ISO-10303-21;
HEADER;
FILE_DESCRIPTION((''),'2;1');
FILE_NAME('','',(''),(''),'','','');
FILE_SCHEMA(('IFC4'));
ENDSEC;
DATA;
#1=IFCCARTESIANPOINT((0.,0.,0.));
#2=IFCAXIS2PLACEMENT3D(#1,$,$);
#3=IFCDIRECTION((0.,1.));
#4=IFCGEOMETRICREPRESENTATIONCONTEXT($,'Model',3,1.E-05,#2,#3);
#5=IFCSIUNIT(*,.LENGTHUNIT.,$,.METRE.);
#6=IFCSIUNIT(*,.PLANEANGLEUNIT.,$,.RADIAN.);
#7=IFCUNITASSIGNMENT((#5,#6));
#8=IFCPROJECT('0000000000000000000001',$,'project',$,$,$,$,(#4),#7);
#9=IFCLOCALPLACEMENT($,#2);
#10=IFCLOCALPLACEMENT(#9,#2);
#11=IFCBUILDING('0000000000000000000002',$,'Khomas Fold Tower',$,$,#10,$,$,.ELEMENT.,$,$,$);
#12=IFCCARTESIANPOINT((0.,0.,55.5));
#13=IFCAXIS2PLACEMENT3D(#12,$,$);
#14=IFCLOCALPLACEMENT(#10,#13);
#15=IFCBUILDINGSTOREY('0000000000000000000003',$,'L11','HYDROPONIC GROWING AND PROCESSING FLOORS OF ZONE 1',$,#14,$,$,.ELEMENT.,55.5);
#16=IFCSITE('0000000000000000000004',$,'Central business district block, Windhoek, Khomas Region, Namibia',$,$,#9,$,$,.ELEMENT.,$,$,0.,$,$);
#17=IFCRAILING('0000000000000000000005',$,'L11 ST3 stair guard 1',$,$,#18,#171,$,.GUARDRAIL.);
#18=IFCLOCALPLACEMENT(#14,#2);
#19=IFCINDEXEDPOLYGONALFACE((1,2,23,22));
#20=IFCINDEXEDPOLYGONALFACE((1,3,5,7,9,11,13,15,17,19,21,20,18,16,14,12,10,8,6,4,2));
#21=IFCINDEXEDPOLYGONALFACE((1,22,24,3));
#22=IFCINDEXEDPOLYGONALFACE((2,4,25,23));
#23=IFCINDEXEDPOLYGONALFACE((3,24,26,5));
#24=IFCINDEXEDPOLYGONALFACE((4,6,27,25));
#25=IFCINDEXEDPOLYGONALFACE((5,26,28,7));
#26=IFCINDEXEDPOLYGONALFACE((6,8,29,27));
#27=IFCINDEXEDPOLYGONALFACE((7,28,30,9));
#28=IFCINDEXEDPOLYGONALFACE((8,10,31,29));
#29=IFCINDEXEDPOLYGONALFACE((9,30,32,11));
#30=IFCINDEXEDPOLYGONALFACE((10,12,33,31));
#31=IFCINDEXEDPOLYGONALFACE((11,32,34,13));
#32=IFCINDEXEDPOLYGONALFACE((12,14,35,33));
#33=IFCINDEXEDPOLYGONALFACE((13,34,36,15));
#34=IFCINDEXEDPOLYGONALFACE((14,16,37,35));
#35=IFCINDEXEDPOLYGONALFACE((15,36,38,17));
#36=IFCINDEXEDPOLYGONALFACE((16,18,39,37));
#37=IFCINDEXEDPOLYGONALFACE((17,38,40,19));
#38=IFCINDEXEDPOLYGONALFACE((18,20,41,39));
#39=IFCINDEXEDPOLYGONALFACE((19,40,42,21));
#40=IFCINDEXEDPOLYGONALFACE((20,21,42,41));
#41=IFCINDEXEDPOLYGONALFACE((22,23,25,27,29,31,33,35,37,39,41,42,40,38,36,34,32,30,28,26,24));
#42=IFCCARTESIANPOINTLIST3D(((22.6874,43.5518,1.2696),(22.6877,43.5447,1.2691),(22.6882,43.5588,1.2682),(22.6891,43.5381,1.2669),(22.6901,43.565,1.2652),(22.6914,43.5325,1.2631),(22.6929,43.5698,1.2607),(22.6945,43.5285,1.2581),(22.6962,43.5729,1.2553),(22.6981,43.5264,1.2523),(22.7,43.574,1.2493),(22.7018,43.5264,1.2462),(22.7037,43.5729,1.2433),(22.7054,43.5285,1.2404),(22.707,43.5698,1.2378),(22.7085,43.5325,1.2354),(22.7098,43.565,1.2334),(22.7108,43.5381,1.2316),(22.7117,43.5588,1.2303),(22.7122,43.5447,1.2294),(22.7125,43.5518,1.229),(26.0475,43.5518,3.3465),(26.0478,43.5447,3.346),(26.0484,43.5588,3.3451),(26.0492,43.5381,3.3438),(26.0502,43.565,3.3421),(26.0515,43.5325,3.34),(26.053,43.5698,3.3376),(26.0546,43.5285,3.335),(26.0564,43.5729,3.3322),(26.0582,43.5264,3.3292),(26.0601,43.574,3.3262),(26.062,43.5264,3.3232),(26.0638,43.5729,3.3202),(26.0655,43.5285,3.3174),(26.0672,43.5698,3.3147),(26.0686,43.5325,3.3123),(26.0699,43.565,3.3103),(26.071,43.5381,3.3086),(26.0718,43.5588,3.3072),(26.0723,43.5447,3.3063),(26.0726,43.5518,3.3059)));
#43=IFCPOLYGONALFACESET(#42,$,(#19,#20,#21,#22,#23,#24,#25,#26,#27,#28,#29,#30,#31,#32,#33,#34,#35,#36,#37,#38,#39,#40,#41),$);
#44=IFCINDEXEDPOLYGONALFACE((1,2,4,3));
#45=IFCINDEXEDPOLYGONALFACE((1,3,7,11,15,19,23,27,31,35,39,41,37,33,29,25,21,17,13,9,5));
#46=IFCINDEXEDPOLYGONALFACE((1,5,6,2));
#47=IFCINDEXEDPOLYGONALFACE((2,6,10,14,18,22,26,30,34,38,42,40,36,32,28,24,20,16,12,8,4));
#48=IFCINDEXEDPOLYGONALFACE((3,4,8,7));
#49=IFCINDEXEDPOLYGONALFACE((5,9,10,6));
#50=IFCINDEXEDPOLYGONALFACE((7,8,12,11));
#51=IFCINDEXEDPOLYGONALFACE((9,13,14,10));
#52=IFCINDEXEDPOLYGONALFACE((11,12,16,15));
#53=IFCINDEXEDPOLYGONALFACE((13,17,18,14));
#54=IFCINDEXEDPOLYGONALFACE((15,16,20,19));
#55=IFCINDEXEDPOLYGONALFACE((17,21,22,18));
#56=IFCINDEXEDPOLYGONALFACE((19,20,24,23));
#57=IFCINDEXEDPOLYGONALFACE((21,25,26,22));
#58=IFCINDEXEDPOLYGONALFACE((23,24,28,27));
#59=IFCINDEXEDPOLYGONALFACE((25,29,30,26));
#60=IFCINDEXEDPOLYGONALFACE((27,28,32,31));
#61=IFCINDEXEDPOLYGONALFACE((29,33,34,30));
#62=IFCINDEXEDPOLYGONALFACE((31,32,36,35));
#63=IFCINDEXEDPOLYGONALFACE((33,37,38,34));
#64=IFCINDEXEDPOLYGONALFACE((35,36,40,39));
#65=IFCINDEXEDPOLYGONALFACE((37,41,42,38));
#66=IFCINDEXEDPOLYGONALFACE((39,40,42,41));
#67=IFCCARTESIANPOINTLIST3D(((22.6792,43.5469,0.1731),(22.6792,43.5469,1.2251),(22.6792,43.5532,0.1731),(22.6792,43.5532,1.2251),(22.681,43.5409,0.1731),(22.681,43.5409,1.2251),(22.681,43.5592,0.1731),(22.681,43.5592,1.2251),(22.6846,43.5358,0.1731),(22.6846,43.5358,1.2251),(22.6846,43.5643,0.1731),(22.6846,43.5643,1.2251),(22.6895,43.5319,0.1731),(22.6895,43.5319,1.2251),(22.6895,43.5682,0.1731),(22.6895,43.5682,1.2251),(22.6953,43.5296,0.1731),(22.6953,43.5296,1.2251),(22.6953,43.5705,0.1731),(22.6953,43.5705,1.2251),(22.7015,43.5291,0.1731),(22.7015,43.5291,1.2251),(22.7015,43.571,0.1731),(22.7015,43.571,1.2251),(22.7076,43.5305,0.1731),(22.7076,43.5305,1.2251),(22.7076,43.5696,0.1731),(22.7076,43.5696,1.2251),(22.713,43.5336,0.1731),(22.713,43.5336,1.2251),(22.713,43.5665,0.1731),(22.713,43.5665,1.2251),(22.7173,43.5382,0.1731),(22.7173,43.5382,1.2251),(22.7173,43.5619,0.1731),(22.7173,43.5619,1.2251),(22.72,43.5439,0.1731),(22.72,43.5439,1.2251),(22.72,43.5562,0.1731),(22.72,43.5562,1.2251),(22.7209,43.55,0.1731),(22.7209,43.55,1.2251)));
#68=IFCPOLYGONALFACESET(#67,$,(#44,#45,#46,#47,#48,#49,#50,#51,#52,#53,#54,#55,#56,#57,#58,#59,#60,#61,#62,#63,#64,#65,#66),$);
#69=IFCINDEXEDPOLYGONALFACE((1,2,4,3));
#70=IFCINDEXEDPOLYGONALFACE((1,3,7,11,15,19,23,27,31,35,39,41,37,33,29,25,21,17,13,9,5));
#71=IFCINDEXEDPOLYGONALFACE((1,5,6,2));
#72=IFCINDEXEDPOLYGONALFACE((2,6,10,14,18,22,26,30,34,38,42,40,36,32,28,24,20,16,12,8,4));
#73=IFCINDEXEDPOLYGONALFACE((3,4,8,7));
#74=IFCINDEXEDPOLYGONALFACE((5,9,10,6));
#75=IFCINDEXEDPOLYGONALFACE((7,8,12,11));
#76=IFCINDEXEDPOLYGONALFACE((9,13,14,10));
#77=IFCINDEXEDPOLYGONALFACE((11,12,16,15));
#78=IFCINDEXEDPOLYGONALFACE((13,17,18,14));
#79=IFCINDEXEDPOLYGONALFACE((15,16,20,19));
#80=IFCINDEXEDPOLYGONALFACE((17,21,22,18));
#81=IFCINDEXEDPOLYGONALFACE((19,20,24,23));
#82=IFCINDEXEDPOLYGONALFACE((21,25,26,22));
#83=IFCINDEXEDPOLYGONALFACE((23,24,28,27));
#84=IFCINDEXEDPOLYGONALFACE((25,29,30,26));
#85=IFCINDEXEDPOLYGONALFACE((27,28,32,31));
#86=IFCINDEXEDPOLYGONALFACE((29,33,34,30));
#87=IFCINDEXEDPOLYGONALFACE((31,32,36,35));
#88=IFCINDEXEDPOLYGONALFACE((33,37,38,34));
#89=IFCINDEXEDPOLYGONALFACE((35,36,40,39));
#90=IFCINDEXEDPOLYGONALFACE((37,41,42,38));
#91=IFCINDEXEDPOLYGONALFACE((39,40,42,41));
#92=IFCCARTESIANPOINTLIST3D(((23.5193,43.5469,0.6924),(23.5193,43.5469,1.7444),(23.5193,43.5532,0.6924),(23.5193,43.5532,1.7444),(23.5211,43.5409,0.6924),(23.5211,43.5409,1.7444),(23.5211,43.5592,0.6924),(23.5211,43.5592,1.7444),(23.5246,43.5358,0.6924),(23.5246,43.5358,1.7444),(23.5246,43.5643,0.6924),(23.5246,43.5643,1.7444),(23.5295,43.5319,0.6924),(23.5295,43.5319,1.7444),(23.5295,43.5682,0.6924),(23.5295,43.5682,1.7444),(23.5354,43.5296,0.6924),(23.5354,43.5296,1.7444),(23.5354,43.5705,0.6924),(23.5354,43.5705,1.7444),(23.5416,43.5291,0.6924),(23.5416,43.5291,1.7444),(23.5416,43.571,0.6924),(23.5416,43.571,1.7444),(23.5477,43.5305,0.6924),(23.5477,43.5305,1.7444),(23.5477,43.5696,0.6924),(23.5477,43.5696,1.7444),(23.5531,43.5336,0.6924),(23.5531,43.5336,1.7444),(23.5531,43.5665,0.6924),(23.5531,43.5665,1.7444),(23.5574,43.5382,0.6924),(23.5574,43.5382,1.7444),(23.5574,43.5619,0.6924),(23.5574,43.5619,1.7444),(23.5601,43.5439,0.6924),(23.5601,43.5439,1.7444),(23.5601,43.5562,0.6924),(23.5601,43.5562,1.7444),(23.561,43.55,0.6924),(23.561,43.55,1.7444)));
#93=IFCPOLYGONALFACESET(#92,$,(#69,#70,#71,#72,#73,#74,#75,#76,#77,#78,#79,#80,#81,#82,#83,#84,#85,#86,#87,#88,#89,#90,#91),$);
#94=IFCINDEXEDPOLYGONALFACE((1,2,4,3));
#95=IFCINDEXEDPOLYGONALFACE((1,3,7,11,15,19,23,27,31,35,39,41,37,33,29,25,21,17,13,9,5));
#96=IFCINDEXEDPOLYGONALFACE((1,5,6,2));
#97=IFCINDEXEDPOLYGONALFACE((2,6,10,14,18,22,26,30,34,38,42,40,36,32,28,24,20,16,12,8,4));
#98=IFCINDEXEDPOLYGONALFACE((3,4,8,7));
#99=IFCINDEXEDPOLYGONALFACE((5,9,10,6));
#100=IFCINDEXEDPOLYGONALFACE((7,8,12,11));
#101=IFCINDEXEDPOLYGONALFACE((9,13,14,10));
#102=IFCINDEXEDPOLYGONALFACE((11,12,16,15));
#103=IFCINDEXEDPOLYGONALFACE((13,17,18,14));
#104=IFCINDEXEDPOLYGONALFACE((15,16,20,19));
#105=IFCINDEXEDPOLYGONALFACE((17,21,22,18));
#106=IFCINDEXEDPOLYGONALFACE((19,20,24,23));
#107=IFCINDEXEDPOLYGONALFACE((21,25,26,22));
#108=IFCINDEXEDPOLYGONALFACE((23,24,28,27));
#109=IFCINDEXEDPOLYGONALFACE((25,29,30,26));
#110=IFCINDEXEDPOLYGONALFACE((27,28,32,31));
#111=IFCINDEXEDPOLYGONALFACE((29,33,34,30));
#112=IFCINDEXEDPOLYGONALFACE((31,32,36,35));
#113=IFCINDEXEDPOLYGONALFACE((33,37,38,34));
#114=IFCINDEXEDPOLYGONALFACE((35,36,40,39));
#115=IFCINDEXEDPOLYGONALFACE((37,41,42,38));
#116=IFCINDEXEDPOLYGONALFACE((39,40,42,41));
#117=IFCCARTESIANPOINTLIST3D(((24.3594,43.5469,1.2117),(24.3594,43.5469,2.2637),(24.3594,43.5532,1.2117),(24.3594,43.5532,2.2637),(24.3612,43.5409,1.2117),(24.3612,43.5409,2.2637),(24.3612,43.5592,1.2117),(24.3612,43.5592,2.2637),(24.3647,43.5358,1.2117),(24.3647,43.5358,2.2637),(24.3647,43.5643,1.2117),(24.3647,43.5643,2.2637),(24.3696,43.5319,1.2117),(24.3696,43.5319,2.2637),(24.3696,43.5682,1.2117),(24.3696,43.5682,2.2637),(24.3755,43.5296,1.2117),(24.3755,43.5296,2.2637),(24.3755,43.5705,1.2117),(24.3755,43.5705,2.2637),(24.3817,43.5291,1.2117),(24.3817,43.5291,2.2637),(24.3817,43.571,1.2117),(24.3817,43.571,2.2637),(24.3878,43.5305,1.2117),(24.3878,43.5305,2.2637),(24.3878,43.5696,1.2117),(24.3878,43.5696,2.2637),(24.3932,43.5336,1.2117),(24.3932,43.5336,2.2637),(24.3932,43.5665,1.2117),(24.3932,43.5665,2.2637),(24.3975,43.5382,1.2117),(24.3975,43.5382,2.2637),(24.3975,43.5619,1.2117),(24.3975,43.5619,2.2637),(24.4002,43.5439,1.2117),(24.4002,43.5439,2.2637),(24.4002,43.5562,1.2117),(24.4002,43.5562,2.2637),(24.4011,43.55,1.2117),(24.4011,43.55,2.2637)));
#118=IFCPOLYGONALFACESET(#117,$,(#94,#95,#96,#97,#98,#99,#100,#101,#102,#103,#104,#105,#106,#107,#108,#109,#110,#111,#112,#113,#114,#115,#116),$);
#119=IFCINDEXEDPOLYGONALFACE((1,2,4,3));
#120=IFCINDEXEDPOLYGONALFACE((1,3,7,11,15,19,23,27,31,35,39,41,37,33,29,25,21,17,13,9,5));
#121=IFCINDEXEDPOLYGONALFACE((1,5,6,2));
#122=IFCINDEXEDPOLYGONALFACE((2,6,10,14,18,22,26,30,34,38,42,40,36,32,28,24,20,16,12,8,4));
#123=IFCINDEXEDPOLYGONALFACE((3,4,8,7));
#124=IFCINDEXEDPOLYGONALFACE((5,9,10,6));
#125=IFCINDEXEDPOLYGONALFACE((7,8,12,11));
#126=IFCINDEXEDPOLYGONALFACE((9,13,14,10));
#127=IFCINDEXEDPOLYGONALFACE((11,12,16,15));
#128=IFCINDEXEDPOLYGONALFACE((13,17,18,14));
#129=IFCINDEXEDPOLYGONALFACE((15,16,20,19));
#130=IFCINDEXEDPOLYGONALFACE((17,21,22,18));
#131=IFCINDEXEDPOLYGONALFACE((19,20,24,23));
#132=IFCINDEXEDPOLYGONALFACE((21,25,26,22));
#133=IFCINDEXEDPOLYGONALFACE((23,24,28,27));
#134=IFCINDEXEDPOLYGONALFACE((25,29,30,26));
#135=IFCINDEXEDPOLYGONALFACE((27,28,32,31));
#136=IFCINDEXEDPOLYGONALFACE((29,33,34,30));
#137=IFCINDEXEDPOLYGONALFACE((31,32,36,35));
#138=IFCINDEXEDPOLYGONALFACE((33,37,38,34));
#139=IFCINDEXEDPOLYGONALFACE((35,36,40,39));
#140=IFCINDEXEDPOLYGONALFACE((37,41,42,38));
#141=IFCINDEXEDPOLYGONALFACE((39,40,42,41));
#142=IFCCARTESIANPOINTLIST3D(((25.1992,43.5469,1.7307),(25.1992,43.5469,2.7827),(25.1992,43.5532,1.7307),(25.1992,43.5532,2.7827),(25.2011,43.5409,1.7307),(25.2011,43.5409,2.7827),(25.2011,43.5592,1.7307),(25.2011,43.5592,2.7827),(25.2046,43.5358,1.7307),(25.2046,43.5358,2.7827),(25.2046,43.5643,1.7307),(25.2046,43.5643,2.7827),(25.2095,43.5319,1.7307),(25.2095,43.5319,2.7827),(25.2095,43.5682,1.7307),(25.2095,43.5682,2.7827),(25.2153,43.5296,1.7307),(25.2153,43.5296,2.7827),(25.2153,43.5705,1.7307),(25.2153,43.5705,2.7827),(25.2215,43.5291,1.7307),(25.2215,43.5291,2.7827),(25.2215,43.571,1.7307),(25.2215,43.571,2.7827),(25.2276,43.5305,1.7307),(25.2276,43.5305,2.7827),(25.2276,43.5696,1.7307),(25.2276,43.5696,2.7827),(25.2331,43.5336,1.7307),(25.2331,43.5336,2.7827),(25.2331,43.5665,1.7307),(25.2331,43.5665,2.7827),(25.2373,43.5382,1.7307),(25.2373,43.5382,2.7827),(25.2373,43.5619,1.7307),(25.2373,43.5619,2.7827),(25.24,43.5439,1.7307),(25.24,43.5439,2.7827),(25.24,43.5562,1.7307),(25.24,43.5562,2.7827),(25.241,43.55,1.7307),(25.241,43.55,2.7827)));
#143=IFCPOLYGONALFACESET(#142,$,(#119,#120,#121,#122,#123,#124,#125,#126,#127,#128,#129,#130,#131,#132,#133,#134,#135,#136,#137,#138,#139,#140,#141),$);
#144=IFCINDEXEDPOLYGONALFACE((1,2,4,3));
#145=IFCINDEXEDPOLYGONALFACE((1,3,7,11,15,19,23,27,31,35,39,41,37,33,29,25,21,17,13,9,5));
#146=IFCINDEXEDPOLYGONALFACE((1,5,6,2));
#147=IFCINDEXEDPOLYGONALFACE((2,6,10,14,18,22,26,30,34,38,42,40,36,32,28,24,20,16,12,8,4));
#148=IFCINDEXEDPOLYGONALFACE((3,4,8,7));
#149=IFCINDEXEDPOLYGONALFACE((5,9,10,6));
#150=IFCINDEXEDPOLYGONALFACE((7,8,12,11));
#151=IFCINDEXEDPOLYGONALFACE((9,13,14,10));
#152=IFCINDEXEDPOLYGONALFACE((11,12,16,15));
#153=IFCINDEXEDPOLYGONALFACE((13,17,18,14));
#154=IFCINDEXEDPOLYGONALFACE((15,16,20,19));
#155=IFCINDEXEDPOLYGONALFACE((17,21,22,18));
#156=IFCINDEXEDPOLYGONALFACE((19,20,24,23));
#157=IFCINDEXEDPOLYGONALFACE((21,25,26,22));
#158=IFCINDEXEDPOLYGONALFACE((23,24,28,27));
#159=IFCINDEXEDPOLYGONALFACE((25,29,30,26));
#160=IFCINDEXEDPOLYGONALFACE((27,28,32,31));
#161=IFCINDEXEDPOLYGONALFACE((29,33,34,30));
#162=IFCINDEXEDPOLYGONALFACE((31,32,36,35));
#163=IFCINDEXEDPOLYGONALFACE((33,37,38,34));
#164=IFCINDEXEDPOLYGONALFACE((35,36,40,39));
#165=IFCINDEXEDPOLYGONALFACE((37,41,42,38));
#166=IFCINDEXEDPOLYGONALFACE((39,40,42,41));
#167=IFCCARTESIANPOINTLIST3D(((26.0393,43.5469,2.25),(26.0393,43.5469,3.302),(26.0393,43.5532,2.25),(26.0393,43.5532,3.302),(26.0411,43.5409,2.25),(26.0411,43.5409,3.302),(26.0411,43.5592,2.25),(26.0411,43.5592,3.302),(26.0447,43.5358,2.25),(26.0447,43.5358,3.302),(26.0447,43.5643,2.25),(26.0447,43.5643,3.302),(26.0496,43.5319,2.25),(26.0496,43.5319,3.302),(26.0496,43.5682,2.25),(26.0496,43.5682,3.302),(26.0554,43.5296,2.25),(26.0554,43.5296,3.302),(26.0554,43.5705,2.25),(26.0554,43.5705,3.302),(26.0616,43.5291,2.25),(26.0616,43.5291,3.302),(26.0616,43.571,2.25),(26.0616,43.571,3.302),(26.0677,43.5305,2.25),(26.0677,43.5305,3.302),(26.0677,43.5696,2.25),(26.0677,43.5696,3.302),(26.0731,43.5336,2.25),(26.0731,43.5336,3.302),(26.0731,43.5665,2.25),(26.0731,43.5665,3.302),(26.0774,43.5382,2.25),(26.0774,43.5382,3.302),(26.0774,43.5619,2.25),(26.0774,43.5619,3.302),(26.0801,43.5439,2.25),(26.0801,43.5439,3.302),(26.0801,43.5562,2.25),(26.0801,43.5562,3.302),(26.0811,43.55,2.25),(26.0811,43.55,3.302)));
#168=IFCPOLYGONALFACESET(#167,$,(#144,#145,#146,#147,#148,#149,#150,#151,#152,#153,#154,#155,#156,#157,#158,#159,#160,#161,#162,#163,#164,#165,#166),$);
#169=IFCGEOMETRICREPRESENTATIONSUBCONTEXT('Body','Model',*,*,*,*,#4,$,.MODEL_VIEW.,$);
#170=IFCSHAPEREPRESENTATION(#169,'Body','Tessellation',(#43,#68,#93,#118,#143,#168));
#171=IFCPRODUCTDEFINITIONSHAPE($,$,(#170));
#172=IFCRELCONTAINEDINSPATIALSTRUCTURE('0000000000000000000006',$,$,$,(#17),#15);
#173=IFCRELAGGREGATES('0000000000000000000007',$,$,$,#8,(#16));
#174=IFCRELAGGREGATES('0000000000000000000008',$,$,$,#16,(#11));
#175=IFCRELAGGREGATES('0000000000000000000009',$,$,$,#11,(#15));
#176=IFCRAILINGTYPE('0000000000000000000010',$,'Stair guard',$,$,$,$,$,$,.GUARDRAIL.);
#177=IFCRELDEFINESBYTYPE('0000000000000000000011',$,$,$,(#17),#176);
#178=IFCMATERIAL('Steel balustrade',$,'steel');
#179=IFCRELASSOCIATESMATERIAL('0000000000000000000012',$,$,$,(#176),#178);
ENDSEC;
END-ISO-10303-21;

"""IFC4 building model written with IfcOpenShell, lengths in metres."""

from ifc_helpers import new_model, si_unit, direction, frame, origin, origin_2d, place, context, subcontext, project, spatial, circle, extrude, source, transform, mapped, material, type_object, element, save


model = new_model("IFC4")

# Units and contexts
model_context = context("Model", 3, precision=1e-05, world=origin(), true_north=direction((0.0, 1.0)))
body_context = subcontext(model_context, "Body", "Model", "MODEL_VIEW")
ifc_project = project(units=[si_unit("LENGTHUNIT", "METRE"), si_unit("PLANEANGLEUNIT", "RADIAN")], contexts=[model_context])

# Site, building, storey
site_placement = place(None, origin())
site = spatial("IfcSite", under=ifc_project, at=site_placement, Name="Central business district block, Windhoek, Khomas Region, Namibia", CompositionType="ELEMENT", RefElevation=0.0)
building_placement = place(site_placement, origin())
building = spatial("IfcBuilding", under=site, at=building_placement, Name="Khomas Fold Tower", CompositionType="ELEMENT")
storey_placement = place(building_placement, frame((0.0, 0.0, 55.5)))
storey = spatial("IfcBuildingStorey", under=building, at=storey_placement, Name="L11", Description="HYDROPONIC GROWING AND PROCESSING FLOORS OF ZONE 1", CompositionType="ELEMENT", Elevation=55.5)

# Railing
ifc_material_1 = material(Name="Steel balustrade", Category="steel")
railing_type_1 = type_object("IfcRailingType", Name="Stair guard", PredefinedType="GUARDRAIL", material=ifc_material_1)
shared_shape_1 = source(origin(), body_context, "Body", "SweptSolid", [
    extrude(circle(Radius=0.0239, at=origin_2d()), frame((0.0, 0.0, 1.0762), z_axis=(0.850623, 0.0, 0.525776), x_axis=(0.0, 1.0, 0.0)), (0.0, 0.0, 1.0), 3.9502),
    extrude(circle(Radius=0.021, at=origin_2d()), origin(), (0.0, 0.0, 1.0), 1.052),
    extrude(circle(Radius=0.021, at=origin_2d()), frame((0.8401, 0.0, 0.5193)), (0.0, 0.0, 1.0), 1.052),
    extrude(circle(Radius=0.021, at=origin_2d()), frame((1.6802, 0.0, 1.0386)), (0.0, 0.0, 1.0), 1.052),
    extrude(circle(Radius=0.021, at=origin_2d()), frame((2.52, 0.0, 1.5576)), (0.0, 0.0, 1.0), 1.052),
    extrude(circle(Radius=0.021, at=origin_2d()), frame((3.3601, 0.0, 2.0769)), (0.0, 0.0, 1.0), 1.052),
])
railing_1_placement = place(storey_placement, frame((22.7, 43.55, 0.1731)))
element("IfcRailing", 1, at=railing_1_placement, inside=storey, type_object=railing_type_1, Name="L11 ST3 stair guard 1", PredefinedType="GUARDRAIL", context=body_context, shape_type="MappedRepresentation", body=[
    mapped(shared_shape_1, transform((0.0, 0.0, 0.0))),
])

save(model, "model.ifc")
